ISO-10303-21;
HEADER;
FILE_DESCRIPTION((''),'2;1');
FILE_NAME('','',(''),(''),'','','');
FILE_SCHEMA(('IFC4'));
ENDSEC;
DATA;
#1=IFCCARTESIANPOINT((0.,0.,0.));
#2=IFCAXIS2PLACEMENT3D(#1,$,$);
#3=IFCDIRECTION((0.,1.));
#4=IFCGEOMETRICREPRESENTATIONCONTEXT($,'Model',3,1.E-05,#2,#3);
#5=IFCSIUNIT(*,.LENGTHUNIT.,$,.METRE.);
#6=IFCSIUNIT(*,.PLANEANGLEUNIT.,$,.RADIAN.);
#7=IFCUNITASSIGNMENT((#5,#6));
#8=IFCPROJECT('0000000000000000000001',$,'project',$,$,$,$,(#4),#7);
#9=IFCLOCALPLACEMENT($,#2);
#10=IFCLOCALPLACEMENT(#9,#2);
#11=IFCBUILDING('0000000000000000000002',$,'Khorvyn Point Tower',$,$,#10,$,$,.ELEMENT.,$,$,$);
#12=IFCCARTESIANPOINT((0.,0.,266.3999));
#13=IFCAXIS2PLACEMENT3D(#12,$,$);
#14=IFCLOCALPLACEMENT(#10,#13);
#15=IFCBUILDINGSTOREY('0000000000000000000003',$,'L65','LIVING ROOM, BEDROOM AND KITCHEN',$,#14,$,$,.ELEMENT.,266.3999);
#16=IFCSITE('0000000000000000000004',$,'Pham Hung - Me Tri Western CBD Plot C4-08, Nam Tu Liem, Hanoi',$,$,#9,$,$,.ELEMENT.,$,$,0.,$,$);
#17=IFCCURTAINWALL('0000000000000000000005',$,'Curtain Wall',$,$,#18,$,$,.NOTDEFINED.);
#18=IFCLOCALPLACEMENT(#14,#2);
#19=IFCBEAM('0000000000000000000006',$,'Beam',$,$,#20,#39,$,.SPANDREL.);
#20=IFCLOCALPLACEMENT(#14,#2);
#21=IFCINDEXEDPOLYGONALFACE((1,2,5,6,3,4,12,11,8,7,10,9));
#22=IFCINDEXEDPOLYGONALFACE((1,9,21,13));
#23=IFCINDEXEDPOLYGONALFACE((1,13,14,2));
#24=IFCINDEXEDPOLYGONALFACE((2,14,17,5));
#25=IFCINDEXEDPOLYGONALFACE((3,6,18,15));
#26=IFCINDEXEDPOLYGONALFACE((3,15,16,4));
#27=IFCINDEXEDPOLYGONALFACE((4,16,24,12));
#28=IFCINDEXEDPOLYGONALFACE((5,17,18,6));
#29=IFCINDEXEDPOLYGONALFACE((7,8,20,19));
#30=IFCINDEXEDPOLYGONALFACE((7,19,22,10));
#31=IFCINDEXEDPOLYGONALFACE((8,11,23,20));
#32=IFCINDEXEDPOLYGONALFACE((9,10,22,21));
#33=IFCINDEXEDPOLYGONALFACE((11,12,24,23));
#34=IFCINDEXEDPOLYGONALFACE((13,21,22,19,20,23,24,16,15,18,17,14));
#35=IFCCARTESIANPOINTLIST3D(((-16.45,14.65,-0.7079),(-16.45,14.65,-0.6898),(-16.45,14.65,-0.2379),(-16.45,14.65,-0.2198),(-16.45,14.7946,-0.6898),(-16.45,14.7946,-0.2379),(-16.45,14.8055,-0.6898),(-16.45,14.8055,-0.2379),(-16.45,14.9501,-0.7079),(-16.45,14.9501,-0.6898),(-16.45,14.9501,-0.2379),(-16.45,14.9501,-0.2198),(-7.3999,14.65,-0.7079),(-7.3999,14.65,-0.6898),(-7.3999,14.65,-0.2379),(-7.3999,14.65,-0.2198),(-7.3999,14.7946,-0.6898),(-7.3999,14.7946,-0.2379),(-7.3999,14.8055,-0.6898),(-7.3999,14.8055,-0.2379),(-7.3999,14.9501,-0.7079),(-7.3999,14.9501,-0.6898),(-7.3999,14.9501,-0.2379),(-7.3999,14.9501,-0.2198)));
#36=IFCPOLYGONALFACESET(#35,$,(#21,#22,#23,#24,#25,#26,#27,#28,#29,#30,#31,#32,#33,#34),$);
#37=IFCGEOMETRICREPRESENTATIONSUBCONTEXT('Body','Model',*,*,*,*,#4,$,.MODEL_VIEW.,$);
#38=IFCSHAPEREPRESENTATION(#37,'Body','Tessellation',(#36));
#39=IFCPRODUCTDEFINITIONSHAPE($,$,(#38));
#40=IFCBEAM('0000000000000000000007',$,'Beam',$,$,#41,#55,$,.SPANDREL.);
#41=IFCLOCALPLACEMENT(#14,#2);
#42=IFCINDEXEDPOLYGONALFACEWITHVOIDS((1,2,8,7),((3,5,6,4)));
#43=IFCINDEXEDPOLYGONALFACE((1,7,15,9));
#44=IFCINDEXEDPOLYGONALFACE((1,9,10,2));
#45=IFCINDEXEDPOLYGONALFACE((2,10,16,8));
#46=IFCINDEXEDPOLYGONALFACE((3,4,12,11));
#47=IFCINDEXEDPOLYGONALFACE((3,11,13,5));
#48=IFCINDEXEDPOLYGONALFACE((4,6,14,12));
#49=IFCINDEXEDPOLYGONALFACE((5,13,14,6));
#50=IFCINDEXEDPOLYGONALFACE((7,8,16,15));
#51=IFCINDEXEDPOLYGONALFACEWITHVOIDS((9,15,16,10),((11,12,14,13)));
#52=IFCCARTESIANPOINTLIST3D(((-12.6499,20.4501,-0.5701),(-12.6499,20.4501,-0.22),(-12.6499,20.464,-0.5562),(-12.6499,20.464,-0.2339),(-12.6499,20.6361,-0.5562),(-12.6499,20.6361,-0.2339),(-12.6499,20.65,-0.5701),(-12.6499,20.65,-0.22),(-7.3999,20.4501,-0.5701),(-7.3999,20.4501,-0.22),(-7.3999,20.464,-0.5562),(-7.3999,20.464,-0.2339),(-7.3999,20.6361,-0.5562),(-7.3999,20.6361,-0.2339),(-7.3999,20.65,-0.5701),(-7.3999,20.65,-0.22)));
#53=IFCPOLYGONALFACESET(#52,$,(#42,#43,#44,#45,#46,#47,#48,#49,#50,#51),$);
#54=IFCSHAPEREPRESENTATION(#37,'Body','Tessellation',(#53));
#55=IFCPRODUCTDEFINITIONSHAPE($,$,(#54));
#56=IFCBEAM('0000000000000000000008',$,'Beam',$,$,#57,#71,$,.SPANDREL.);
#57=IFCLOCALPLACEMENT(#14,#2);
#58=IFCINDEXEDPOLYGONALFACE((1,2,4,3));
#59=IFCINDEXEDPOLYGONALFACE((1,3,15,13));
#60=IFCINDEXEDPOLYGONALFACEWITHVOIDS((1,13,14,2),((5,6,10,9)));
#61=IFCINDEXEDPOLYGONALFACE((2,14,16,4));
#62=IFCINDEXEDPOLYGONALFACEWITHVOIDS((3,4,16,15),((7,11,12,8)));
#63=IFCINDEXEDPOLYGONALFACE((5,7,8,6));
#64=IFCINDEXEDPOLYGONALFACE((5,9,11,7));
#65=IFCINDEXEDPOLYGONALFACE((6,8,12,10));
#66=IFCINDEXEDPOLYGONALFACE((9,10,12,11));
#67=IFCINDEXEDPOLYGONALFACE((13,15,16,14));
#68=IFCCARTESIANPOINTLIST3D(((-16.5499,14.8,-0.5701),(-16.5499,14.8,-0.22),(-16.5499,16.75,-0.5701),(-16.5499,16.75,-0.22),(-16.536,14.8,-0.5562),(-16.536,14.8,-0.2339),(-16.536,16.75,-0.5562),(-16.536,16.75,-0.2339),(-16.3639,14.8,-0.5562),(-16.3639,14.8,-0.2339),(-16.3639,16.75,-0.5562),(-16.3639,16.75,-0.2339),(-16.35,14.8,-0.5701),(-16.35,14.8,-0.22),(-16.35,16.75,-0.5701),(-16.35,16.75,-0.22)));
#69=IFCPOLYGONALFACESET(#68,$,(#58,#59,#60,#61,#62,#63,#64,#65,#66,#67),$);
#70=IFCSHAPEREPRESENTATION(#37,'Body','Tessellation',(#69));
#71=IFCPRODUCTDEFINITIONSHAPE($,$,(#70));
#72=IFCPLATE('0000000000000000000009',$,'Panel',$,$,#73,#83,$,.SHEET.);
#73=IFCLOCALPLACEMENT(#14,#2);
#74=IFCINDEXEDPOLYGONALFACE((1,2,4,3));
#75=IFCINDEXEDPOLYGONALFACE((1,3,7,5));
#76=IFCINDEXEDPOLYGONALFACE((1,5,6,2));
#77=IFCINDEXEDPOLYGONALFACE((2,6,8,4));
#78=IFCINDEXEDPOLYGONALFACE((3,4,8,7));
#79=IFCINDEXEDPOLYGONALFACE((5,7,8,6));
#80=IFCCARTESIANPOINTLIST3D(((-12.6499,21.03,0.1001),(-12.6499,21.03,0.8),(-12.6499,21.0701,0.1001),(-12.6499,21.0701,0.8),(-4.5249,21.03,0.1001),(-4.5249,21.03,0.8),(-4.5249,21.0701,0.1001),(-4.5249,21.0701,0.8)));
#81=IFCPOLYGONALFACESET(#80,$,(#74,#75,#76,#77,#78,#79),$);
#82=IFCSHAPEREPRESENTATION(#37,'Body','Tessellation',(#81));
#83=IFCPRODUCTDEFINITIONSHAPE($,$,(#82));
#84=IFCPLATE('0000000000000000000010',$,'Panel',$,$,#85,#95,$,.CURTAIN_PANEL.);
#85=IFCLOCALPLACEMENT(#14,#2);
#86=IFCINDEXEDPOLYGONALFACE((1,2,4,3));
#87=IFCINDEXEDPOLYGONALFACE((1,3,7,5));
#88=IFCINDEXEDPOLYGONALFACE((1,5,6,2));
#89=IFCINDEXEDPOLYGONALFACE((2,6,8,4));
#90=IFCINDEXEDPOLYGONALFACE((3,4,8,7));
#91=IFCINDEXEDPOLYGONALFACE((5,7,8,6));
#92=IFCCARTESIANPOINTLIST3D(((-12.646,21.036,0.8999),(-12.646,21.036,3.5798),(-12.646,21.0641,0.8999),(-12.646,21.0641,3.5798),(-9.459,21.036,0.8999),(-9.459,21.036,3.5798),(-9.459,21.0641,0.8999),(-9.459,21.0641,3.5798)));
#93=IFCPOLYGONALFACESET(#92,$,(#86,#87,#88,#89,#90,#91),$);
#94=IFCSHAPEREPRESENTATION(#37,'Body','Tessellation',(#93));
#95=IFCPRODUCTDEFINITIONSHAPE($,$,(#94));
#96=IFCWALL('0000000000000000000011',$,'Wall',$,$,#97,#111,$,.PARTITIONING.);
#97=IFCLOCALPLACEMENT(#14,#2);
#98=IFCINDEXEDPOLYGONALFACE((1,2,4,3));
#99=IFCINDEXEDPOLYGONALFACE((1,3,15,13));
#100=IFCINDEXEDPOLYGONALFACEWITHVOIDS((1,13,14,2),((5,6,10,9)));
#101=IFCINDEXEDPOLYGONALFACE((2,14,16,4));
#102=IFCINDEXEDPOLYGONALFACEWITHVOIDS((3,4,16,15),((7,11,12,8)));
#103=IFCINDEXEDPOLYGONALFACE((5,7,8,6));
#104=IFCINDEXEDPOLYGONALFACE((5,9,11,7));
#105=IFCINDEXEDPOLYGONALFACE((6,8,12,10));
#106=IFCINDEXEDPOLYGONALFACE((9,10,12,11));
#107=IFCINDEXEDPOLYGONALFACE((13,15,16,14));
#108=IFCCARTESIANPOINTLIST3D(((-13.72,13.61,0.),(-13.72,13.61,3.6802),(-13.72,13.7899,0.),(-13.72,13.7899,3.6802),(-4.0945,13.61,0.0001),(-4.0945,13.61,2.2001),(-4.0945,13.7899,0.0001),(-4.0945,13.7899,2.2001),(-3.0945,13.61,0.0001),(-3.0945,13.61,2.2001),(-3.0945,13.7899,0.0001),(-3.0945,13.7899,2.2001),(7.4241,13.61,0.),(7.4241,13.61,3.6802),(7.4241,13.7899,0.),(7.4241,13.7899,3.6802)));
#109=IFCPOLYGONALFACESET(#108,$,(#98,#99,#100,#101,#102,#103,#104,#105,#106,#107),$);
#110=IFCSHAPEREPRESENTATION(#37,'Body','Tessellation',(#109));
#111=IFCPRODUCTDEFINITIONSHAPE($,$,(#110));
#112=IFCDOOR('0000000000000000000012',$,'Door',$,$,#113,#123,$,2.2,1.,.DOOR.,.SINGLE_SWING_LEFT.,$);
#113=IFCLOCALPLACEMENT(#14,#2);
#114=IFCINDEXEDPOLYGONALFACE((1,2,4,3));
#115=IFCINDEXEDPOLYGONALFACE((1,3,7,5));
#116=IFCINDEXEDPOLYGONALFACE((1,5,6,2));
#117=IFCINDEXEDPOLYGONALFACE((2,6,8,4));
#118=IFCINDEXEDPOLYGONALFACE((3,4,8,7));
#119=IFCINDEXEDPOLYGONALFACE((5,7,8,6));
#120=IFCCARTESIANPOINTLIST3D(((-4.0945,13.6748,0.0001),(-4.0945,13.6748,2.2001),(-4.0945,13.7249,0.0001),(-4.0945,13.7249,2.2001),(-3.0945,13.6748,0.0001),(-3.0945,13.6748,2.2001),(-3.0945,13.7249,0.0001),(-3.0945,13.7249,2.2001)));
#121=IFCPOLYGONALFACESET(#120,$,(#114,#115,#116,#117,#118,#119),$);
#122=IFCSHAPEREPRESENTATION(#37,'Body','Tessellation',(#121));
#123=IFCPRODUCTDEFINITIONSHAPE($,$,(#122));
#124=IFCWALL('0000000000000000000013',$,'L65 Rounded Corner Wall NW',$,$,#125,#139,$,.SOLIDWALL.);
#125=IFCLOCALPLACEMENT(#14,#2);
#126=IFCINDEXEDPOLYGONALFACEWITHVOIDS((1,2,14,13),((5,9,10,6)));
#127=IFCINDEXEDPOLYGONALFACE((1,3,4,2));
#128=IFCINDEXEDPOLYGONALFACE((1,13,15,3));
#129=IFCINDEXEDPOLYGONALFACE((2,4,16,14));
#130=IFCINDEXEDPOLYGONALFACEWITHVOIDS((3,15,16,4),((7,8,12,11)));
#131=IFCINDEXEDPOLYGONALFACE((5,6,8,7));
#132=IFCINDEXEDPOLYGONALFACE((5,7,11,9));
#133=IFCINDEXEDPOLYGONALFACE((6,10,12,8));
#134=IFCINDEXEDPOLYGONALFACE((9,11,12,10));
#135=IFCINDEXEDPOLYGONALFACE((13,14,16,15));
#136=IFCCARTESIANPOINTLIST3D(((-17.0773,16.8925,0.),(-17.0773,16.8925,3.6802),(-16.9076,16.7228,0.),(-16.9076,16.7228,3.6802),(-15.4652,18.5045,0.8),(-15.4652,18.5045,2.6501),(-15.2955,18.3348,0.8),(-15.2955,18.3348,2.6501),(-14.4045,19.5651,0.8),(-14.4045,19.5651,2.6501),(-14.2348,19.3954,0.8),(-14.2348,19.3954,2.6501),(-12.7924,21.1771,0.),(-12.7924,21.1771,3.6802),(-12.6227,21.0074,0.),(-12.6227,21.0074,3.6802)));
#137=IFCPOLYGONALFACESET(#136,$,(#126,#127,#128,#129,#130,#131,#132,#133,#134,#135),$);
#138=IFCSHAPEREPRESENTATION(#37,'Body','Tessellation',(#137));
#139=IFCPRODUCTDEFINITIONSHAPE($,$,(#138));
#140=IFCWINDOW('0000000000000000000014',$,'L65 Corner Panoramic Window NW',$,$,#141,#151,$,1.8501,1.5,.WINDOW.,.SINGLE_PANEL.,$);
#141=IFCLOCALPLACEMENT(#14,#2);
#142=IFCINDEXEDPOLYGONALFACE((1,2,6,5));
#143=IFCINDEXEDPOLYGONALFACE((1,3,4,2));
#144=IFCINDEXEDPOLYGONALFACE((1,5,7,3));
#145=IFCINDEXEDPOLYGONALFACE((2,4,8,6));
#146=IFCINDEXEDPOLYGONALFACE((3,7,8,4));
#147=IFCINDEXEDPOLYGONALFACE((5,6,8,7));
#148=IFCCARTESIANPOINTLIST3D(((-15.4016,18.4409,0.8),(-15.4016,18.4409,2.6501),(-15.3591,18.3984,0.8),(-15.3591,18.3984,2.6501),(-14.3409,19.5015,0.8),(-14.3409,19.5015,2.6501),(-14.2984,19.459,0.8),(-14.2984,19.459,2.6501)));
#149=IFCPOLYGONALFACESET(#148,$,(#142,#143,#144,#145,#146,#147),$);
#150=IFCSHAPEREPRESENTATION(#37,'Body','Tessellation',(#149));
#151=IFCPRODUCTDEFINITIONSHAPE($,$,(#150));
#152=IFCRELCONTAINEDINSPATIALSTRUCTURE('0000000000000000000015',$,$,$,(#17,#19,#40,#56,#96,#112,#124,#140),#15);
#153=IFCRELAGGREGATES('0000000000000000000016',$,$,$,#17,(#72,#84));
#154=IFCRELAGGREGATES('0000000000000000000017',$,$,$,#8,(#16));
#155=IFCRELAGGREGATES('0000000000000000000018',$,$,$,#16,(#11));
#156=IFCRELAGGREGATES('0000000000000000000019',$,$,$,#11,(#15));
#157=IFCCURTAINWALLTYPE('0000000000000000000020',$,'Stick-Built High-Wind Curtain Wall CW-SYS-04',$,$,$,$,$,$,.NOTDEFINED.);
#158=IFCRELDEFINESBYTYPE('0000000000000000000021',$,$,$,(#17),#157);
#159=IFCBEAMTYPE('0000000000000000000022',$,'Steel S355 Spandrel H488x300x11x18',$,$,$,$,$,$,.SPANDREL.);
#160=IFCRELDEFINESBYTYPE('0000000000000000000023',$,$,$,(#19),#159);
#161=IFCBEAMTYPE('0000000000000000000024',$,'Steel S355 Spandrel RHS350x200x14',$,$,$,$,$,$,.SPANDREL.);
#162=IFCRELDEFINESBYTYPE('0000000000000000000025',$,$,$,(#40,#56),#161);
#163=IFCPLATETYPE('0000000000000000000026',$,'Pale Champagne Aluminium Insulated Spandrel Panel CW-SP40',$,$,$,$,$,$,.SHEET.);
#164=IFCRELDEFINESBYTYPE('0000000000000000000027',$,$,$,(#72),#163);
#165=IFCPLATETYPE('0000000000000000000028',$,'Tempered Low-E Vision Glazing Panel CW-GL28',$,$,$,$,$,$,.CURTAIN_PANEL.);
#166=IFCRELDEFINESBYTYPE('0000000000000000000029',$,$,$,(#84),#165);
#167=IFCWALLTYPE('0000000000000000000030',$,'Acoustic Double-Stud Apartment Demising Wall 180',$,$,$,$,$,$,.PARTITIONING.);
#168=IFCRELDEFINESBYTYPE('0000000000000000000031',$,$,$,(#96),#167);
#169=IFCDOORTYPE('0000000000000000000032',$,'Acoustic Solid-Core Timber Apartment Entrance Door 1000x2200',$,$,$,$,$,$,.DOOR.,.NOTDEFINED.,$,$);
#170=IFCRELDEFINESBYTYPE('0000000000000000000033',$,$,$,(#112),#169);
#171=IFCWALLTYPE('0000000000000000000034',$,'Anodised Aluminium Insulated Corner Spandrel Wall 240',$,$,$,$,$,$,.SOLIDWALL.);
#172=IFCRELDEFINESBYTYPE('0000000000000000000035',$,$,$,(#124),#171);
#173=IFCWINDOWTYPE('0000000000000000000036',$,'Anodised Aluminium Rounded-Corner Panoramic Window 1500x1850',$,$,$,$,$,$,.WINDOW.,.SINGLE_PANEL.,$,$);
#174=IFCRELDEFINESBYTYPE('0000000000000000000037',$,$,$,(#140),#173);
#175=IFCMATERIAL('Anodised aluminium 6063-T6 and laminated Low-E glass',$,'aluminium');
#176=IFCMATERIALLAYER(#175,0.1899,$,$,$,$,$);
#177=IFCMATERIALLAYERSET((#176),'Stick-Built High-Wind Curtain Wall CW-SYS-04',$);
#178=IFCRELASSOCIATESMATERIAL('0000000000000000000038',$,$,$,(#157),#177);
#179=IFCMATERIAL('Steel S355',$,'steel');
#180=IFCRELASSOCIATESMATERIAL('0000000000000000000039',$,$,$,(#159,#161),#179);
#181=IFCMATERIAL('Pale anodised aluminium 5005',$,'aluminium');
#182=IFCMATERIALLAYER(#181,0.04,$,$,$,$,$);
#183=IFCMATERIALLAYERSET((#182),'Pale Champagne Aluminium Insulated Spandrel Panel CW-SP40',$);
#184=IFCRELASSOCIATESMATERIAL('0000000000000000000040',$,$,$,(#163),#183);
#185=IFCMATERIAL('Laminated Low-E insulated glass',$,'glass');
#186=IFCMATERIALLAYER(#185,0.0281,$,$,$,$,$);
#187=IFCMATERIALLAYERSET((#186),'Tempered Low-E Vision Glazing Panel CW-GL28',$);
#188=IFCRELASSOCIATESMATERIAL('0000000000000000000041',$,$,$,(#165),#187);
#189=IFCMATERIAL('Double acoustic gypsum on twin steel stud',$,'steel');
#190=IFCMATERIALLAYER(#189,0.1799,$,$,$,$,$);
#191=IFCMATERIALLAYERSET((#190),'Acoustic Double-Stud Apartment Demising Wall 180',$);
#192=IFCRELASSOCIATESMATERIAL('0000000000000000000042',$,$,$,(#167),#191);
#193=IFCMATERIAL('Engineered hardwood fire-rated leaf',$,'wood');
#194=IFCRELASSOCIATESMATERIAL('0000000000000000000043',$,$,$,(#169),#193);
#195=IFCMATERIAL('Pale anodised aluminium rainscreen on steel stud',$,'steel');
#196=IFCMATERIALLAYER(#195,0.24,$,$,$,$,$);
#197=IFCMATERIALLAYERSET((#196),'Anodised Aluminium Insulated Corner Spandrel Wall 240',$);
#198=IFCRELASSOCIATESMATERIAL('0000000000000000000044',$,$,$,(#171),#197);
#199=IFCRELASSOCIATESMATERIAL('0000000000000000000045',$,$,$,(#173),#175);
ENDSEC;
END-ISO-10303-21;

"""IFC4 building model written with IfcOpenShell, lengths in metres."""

from ifc_helpers import new_model, si_unit, direction, frame, frame_2d, origin, origin_2d, place, context, subcontext, project, spatial, rectangle, hollow_rectangle, i_section, extrude, material, layer, layer_set, material_profile, profile_set, type_object, element, fill, aggregate, save


model = new_model("IFC4")

# Units and contexts
model_context = context("Model", 3, precision=1e-05, world=origin(), true_north=direction((0.0, 1.0)))
body_context = subcontext(model_context, "Body", "Model", "MODEL_VIEW")
ifc_project = project(units=[si_unit("LENGTHUNIT", "METRE"), si_unit("PLANEANGLEUNIT", "RADIAN")], contexts=[model_context])

# Site, building, storey
site_placement = place(None, origin())
site = spatial("IfcSite", under=ifc_project, at=site_placement, Name="Pham Hung - Me Tri Western CBD Plot C4-08, Nam Tu Liem, Hanoi", CompositionType="ELEMENT", RefElevation=0.0)
building_placement = place(site_placement, origin())
building = spatial("IfcBuilding", under=site, at=building_placement, Name="Khorvyn Point Tower", CompositionType="ELEMENT")
storey_placement = place(building_placement, frame((0.0, 0.0, 266.3999)))
storey = spatial("IfcBuildingStorey", under=building, at=storey_placement, Name="L65", Description="LIVING ROOM, BEDROOM AND KITCHEN", CompositionType="ELEMENT", Elevation=266.3999)

# Shared definitions
ifc_material_1 = material(Name="Steel S355", Category="steel")

# Curtain wall
ifc_material_2 = material(Name="Anodised aluminium 6063-T6 and laminated Low-E glass", Category="aluminium")
ifc_layer_1 = layer(ifc_material_2, 0.1899)
ifc_layer_set_1 = layer_set([ifc_layer_1], Name="Stick-Built High-Wind Curtain Wall CW-SYS-04")
curtain_wall_type = type_object("IfcCurtainWallType", Name="Stick-Built High-Wind Curtain Wall CW-SYS-04", PredefinedType="NOTDEFINED", material=ifc_layer_set_1)
curtain_wall_1_placement = place(storey_placement, origin())
curtain_wall_1 = element("IfcCurtainWall", 1, at=curtain_wall_1_placement, inside=storey, type_object=curtain_wall_type, Name="Curtain Wall", PredefinedType="NOTDEFINED")

# Beams
ifc_material_profile_1 = material_profile(ifc_material_1, i_section(OverallWidth=0.3, OverallDepth=0.488, WebThickness=0.011, FlangeThickness=0.0181, at=origin_2d()))
ifc_profile_set_1 = profile_set([ifc_material_profile_1], Name="Steel S355 H488x300x11x18")
beam_type_1 = type_object("IfcBeamType", Name="Steel S355 Spandrel H488x300x11x18", PredefinedType="SPANDREL", material=ifc_profile_set_1)
beam_1_placement = place(storey_placement, frame((-16.45, 14.8, -0.4639), z_axis=(1.0, 0.0, 0.0), x_axis=(0.0, 1.0, 0.0)))
element("IfcBeam", 2, at=beam_1_placement, inside=storey, type_object=beam_type_1, Name="Beam", PredefinedType="SPANDREL", context=body_context, shape_type="SweptSolid", body=[
    extrude(i_section(OverallWidth=0.3, OverallDepth=0.488, WebThickness=0.011, FlangeThickness=0.0181, at=origin_2d()), origin(), (0.0, 0.0, 1.0), 9.05),
])
ifc_material_profile_2 = material_profile(ifc_material_1, hollow_rectangle(XDim=0.2, YDim=0.3501, WallThickness=0.0139, at=origin_2d()))
ifc_profile_set_2 = profile_set([ifc_material_profile_2], Name="Steel S355 RHS350x200x14")
beam_type_2 = type_object("IfcBeamType", Name="Steel S355 Spandrel RHS350x200x14", PredefinedType="SPANDREL", material=ifc_profile_set_2)
beam_2_placement = place(storey_placement, frame((-12.6499, 20.55, -0.395), z_axis=(1.0, 0.0, 0.0), x_axis=(0.0, 1.0, 0.0)))
element("IfcBeam", 3, at=beam_2_placement, inside=storey, type_object=beam_type_2, Name="Beam", PredefinedType="SPANDREL", context=body_context, shape_type="SweptSolid", body=[
    extrude(hollow_rectangle(XDim=0.2, YDim=0.3501, WallThickness=0.0139, at=origin_2d()), origin(), (0.0, 0.0, 1.0), 5.25),
])
beam_3_placement = place(storey_placement, frame((-16.45, 14.8, -0.395), z_axis=(0.0, 1.0, 0.0), x_axis=(-1.0, 0.0, 0.0)))
element("IfcBeam", 4, at=beam_3_placement, inside=storey, type_object=beam_type_2, Name="Beam", PredefinedType="SPANDREL", context=body_context, shape_type="SweptSolid", body=[
    extrude(hollow_rectangle(XDim=0.2, YDim=0.3501, WallThickness=0.0139, at=origin_2d()), origin(), (0.0, 0.0, 1.0), 1.95),
])

# Plates
ifc_material_3 = material(Name="Pale anodised aluminium 5005", Category="aluminium")
ifc_layer_2 = layer(ifc_material_3, 0.04)
ifc_layer_set_2 = layer_set([ifc_layer_2], Name="Pale Champagne Aluminium Insulated Spandrel Panel CW-SP40")
plate_type_1 = type_object("IfcPlateType", Name="Pale Champagne Aluminium Insulated Spandrel Panel CW-SP40", PredefinedType="SHEET", material=ifc_layer_set_2)
plate_1_placement = place(storey_placement, frame((-8.5874, 21.05, 0.1001), z_axis=(0.0, 0.0, 1.0), x_axis=(1.0, 0.0, 0.0)))
plate_1 = element("IfcPlate", 5, at=plate_1_placement, type_object=plate_type_1, Name="Panel", PredefinedType="SHEET", context=body_context, shape_type="SweptSolid", body=[
    extrude(rectangle(XDim=8.125, YDim=0.04, at=origin_2d()), origin(), (0.0, 0.0, 1.0), 0.7),
])
ifc_material_4 = material(Name="Laminated Low-E insulated glass", Category="glass")
ifc_layer_3 = layer(ifc_material_4, 0.0281)
ifc_layer_set_3 = layer_set([ifc_layer_3], Name="Tempered Low-E Vision Glazing Panel CW-GL28")
plate_type_2 = type_object("IfcPlateType", Name="Tempered Low-E Vision Glazing Panel CW-GL28", PredefinedType="CURTAIN_PANEL", material=ifc_layer_set_3)
plate_2_placement = place(storey_placement, frame((-11.0525, 21.05, 0.8999), z_axis=(0.0, 0.0, 1.0), x_axis=(1.0, 0.0, 0.0)))
plate_2 = element("IfcPlate", 6, at=plate_2_placement, type_object=plate_type_2, Name="Panel", PredefinedType="CURTAIN_PANEL", context=body_context, shape_type="SweptSolid", body=[
    extrude(rectangle(XDim=3.187, YDim=0.0281, at=origin_2d()), origin(), (0.0, 0.0, 1.0), 2.6799),
])
aggregate(curtain_wall_1, [plate_1, plate_2])

# Wall, opening, door
ifc_material_5 = material(Name="Double acoustic gypsum on twin steel stud", Category="steel")
ifc_layer_4 = layer(ifc_material_5, 0.1799)
ifc_layer_set_4 = layer_set([ifc_layer_4], Name="Acoustic Double-Stud Apartment Demising Wall 180")
wall_type_1 = type_object("IfcWallType", Name="Acoustic Double-Stud Apartment Demising Wall 180", PredefinedType="PARTITIONING", material=ifc_layer_set_4)
wall_1_placement = place(storey_placement, frame((-13.72, 13.7, 0.0), z_axis=(0.0, 0.0, 1.0), x_axis=(1.0, 0.0, 0.0)))
wall_1 = element("IfcWall", 7, at=wall_1_placement, inside=storey, type_object=wall_type_1, Name="Wall", PredefinedType="PARTITIONING", context=body_context, shape_type="SweptSolid", body=[
    extrude(rectangle(XDim=21.144, YDim=0.1799, at=frame_2d((10.572, 0.0))), origin(), (0.0, 0.0, 1.0), 3.6802),
])
opening_1_placement = place(wall_1_placement, frame((9.6255, 0.0, 0.0)))
opening_1 = element("IfcOpeningElement", 8, at=opening_1_placement, cuts=wall_1, PredefinedType="OPENING", context=body_context, shape_type="SweptSolid", body=[
    extrude(rectangle(XDim=1.0, YDim=2.2, at=frame_2d((0.5, 1.1001))), frame((0.0, 0.0999, 0.0), z_axis=(0.0, -1.0, 0.0), x_axis=(1.0, 0.0, 0.0)), (0.0, 0.0, 1.0), 0.2),
])
ifc_material_6 = material(Name="Engineered hardwood fire-rated leaf", Category="wood")
door_type_1 = type_object("IfcDoorType", Name="Acoustic Solid-Core Timber Apartment Entrance Door 1000x2200", OperationType="NOTDEFINED", PredefinedType="DOOR", material=ifc_material_6)
door_1_placement = place(opening_1_placement, origin())
door_1 = element("IfcDoor", 9, at=door_1_placement, inside=storey, type_object=door_type_1, Name="Door", OperationType="SINGLE_SWING_LEFT", OverallHeight=2.2, OverallWidth=1.0, PredefinedType="DOOR", context=body_context, shape_type="SweptSolid", body=[
    extrude(rectangle(XDim=1.0, YDim=2.2, at=frame_2d((0.5, 1.1001))), frame((0.0, 0.0249, 0.0), z_axis=(0.0, -1.0, 0.0), x_axis=(1.0, 0.0, 0.0)), (0.0, 0.0, 1.0), 0.05),
])
fill(opening_1, door_1)

# Wall, opening, window
ifc_material_7 = material(Name="Pale anodised aluminium rainscreen on steel stud", Category="steel")
ifc_layer_5 = layer(ifc_material_7, 0.24)
ifc_layer_set_5 = layer_set([ifc_layer_5], Name="Anodised Aluminium Insulated Corner Spandrel Wall 240")
wall_type_2 = type_object("IfcWallType", Name="Anodised Aluminium Insulated Corner Spandrel Wall 240", PredefinedType="SOLIDWALL", material=ifc_layer_set_5)
wall_2_placement = place(storey_placement, frame((-16.9924, 16.8076, 0.0), z_axis=(0.0, 0.0, 1.0), x_axis=(0.707127, 0.707087, 0.0)))
wall_2 = element("IfcWall", 10, at=wall_2_placement, inside=storey, type_object=wall_type_2, Name="L65 Rounded Corner Wall NW", PredefinedType="SOLIDWALL", context=body_context, shape_type="SweptSolid", body=[
    extrude(rectangle(XDim=6.0596, YDim=0.24, at=frame_2d((3.0298, 0.0))), origin(), (0.0, 0.0, 1.0), 3.6802),
])
opening_2_placement = place(wall_2_placement, frame((2.2798, 0.0, 0.8)))
opening_2 = element("IfcOpeningElement", 11, at=opening_2_placement, cuts=wall_2, PredefinedType="OPENING", context=body_context, shape_type="SweptSolid", body=[
    extrude(rectangle(XDim=1.5, YDim=1.8501, at=frame_2d((0.75, 0.925))), frame((0.0, 0.1299, 0.0), z_axis=(0.0, -1.0, 0.0), x_axis=(1.0, 0.0, 0.0)), (0.0, 0.0, 1.0), 0.26),
])
window_type = type_object("IfcWindowType", Name="Anodised Aluminium Rounded-Corner Panoramic Window 1500x1850", PartitioningType="SINGLE_PANEL", PredefinedType="WINDOW", material=ifc_material_2)
window_placement = place(opening_2_placement, origin())
window = element("IfcWindow", 12, at=window_placement, inside=storey, type_object=window_type, Name="L65 Corner Panoramic Window NW", OverallHeight=1.8501, OverallWidth=1.5, PartitioningType="SINGLE_PANEL", PredefinedType="WINDOW", context=body_context, shape_type="SweptSolid", body=[
    extrude(rectangle(XDim=1.5, YDim=1.8501, at=frame_2d((0.75, 0.925))), frame((0.0, 0.03, 0.0), z_axis=(0.0, -1.0, 0.0), x_axis=(1.0, 0.0, 0.0)), (0.0, 0.0, 1.0), 0.0601),
])
fill(opening_2, window)

save(model, "model.ifc")
